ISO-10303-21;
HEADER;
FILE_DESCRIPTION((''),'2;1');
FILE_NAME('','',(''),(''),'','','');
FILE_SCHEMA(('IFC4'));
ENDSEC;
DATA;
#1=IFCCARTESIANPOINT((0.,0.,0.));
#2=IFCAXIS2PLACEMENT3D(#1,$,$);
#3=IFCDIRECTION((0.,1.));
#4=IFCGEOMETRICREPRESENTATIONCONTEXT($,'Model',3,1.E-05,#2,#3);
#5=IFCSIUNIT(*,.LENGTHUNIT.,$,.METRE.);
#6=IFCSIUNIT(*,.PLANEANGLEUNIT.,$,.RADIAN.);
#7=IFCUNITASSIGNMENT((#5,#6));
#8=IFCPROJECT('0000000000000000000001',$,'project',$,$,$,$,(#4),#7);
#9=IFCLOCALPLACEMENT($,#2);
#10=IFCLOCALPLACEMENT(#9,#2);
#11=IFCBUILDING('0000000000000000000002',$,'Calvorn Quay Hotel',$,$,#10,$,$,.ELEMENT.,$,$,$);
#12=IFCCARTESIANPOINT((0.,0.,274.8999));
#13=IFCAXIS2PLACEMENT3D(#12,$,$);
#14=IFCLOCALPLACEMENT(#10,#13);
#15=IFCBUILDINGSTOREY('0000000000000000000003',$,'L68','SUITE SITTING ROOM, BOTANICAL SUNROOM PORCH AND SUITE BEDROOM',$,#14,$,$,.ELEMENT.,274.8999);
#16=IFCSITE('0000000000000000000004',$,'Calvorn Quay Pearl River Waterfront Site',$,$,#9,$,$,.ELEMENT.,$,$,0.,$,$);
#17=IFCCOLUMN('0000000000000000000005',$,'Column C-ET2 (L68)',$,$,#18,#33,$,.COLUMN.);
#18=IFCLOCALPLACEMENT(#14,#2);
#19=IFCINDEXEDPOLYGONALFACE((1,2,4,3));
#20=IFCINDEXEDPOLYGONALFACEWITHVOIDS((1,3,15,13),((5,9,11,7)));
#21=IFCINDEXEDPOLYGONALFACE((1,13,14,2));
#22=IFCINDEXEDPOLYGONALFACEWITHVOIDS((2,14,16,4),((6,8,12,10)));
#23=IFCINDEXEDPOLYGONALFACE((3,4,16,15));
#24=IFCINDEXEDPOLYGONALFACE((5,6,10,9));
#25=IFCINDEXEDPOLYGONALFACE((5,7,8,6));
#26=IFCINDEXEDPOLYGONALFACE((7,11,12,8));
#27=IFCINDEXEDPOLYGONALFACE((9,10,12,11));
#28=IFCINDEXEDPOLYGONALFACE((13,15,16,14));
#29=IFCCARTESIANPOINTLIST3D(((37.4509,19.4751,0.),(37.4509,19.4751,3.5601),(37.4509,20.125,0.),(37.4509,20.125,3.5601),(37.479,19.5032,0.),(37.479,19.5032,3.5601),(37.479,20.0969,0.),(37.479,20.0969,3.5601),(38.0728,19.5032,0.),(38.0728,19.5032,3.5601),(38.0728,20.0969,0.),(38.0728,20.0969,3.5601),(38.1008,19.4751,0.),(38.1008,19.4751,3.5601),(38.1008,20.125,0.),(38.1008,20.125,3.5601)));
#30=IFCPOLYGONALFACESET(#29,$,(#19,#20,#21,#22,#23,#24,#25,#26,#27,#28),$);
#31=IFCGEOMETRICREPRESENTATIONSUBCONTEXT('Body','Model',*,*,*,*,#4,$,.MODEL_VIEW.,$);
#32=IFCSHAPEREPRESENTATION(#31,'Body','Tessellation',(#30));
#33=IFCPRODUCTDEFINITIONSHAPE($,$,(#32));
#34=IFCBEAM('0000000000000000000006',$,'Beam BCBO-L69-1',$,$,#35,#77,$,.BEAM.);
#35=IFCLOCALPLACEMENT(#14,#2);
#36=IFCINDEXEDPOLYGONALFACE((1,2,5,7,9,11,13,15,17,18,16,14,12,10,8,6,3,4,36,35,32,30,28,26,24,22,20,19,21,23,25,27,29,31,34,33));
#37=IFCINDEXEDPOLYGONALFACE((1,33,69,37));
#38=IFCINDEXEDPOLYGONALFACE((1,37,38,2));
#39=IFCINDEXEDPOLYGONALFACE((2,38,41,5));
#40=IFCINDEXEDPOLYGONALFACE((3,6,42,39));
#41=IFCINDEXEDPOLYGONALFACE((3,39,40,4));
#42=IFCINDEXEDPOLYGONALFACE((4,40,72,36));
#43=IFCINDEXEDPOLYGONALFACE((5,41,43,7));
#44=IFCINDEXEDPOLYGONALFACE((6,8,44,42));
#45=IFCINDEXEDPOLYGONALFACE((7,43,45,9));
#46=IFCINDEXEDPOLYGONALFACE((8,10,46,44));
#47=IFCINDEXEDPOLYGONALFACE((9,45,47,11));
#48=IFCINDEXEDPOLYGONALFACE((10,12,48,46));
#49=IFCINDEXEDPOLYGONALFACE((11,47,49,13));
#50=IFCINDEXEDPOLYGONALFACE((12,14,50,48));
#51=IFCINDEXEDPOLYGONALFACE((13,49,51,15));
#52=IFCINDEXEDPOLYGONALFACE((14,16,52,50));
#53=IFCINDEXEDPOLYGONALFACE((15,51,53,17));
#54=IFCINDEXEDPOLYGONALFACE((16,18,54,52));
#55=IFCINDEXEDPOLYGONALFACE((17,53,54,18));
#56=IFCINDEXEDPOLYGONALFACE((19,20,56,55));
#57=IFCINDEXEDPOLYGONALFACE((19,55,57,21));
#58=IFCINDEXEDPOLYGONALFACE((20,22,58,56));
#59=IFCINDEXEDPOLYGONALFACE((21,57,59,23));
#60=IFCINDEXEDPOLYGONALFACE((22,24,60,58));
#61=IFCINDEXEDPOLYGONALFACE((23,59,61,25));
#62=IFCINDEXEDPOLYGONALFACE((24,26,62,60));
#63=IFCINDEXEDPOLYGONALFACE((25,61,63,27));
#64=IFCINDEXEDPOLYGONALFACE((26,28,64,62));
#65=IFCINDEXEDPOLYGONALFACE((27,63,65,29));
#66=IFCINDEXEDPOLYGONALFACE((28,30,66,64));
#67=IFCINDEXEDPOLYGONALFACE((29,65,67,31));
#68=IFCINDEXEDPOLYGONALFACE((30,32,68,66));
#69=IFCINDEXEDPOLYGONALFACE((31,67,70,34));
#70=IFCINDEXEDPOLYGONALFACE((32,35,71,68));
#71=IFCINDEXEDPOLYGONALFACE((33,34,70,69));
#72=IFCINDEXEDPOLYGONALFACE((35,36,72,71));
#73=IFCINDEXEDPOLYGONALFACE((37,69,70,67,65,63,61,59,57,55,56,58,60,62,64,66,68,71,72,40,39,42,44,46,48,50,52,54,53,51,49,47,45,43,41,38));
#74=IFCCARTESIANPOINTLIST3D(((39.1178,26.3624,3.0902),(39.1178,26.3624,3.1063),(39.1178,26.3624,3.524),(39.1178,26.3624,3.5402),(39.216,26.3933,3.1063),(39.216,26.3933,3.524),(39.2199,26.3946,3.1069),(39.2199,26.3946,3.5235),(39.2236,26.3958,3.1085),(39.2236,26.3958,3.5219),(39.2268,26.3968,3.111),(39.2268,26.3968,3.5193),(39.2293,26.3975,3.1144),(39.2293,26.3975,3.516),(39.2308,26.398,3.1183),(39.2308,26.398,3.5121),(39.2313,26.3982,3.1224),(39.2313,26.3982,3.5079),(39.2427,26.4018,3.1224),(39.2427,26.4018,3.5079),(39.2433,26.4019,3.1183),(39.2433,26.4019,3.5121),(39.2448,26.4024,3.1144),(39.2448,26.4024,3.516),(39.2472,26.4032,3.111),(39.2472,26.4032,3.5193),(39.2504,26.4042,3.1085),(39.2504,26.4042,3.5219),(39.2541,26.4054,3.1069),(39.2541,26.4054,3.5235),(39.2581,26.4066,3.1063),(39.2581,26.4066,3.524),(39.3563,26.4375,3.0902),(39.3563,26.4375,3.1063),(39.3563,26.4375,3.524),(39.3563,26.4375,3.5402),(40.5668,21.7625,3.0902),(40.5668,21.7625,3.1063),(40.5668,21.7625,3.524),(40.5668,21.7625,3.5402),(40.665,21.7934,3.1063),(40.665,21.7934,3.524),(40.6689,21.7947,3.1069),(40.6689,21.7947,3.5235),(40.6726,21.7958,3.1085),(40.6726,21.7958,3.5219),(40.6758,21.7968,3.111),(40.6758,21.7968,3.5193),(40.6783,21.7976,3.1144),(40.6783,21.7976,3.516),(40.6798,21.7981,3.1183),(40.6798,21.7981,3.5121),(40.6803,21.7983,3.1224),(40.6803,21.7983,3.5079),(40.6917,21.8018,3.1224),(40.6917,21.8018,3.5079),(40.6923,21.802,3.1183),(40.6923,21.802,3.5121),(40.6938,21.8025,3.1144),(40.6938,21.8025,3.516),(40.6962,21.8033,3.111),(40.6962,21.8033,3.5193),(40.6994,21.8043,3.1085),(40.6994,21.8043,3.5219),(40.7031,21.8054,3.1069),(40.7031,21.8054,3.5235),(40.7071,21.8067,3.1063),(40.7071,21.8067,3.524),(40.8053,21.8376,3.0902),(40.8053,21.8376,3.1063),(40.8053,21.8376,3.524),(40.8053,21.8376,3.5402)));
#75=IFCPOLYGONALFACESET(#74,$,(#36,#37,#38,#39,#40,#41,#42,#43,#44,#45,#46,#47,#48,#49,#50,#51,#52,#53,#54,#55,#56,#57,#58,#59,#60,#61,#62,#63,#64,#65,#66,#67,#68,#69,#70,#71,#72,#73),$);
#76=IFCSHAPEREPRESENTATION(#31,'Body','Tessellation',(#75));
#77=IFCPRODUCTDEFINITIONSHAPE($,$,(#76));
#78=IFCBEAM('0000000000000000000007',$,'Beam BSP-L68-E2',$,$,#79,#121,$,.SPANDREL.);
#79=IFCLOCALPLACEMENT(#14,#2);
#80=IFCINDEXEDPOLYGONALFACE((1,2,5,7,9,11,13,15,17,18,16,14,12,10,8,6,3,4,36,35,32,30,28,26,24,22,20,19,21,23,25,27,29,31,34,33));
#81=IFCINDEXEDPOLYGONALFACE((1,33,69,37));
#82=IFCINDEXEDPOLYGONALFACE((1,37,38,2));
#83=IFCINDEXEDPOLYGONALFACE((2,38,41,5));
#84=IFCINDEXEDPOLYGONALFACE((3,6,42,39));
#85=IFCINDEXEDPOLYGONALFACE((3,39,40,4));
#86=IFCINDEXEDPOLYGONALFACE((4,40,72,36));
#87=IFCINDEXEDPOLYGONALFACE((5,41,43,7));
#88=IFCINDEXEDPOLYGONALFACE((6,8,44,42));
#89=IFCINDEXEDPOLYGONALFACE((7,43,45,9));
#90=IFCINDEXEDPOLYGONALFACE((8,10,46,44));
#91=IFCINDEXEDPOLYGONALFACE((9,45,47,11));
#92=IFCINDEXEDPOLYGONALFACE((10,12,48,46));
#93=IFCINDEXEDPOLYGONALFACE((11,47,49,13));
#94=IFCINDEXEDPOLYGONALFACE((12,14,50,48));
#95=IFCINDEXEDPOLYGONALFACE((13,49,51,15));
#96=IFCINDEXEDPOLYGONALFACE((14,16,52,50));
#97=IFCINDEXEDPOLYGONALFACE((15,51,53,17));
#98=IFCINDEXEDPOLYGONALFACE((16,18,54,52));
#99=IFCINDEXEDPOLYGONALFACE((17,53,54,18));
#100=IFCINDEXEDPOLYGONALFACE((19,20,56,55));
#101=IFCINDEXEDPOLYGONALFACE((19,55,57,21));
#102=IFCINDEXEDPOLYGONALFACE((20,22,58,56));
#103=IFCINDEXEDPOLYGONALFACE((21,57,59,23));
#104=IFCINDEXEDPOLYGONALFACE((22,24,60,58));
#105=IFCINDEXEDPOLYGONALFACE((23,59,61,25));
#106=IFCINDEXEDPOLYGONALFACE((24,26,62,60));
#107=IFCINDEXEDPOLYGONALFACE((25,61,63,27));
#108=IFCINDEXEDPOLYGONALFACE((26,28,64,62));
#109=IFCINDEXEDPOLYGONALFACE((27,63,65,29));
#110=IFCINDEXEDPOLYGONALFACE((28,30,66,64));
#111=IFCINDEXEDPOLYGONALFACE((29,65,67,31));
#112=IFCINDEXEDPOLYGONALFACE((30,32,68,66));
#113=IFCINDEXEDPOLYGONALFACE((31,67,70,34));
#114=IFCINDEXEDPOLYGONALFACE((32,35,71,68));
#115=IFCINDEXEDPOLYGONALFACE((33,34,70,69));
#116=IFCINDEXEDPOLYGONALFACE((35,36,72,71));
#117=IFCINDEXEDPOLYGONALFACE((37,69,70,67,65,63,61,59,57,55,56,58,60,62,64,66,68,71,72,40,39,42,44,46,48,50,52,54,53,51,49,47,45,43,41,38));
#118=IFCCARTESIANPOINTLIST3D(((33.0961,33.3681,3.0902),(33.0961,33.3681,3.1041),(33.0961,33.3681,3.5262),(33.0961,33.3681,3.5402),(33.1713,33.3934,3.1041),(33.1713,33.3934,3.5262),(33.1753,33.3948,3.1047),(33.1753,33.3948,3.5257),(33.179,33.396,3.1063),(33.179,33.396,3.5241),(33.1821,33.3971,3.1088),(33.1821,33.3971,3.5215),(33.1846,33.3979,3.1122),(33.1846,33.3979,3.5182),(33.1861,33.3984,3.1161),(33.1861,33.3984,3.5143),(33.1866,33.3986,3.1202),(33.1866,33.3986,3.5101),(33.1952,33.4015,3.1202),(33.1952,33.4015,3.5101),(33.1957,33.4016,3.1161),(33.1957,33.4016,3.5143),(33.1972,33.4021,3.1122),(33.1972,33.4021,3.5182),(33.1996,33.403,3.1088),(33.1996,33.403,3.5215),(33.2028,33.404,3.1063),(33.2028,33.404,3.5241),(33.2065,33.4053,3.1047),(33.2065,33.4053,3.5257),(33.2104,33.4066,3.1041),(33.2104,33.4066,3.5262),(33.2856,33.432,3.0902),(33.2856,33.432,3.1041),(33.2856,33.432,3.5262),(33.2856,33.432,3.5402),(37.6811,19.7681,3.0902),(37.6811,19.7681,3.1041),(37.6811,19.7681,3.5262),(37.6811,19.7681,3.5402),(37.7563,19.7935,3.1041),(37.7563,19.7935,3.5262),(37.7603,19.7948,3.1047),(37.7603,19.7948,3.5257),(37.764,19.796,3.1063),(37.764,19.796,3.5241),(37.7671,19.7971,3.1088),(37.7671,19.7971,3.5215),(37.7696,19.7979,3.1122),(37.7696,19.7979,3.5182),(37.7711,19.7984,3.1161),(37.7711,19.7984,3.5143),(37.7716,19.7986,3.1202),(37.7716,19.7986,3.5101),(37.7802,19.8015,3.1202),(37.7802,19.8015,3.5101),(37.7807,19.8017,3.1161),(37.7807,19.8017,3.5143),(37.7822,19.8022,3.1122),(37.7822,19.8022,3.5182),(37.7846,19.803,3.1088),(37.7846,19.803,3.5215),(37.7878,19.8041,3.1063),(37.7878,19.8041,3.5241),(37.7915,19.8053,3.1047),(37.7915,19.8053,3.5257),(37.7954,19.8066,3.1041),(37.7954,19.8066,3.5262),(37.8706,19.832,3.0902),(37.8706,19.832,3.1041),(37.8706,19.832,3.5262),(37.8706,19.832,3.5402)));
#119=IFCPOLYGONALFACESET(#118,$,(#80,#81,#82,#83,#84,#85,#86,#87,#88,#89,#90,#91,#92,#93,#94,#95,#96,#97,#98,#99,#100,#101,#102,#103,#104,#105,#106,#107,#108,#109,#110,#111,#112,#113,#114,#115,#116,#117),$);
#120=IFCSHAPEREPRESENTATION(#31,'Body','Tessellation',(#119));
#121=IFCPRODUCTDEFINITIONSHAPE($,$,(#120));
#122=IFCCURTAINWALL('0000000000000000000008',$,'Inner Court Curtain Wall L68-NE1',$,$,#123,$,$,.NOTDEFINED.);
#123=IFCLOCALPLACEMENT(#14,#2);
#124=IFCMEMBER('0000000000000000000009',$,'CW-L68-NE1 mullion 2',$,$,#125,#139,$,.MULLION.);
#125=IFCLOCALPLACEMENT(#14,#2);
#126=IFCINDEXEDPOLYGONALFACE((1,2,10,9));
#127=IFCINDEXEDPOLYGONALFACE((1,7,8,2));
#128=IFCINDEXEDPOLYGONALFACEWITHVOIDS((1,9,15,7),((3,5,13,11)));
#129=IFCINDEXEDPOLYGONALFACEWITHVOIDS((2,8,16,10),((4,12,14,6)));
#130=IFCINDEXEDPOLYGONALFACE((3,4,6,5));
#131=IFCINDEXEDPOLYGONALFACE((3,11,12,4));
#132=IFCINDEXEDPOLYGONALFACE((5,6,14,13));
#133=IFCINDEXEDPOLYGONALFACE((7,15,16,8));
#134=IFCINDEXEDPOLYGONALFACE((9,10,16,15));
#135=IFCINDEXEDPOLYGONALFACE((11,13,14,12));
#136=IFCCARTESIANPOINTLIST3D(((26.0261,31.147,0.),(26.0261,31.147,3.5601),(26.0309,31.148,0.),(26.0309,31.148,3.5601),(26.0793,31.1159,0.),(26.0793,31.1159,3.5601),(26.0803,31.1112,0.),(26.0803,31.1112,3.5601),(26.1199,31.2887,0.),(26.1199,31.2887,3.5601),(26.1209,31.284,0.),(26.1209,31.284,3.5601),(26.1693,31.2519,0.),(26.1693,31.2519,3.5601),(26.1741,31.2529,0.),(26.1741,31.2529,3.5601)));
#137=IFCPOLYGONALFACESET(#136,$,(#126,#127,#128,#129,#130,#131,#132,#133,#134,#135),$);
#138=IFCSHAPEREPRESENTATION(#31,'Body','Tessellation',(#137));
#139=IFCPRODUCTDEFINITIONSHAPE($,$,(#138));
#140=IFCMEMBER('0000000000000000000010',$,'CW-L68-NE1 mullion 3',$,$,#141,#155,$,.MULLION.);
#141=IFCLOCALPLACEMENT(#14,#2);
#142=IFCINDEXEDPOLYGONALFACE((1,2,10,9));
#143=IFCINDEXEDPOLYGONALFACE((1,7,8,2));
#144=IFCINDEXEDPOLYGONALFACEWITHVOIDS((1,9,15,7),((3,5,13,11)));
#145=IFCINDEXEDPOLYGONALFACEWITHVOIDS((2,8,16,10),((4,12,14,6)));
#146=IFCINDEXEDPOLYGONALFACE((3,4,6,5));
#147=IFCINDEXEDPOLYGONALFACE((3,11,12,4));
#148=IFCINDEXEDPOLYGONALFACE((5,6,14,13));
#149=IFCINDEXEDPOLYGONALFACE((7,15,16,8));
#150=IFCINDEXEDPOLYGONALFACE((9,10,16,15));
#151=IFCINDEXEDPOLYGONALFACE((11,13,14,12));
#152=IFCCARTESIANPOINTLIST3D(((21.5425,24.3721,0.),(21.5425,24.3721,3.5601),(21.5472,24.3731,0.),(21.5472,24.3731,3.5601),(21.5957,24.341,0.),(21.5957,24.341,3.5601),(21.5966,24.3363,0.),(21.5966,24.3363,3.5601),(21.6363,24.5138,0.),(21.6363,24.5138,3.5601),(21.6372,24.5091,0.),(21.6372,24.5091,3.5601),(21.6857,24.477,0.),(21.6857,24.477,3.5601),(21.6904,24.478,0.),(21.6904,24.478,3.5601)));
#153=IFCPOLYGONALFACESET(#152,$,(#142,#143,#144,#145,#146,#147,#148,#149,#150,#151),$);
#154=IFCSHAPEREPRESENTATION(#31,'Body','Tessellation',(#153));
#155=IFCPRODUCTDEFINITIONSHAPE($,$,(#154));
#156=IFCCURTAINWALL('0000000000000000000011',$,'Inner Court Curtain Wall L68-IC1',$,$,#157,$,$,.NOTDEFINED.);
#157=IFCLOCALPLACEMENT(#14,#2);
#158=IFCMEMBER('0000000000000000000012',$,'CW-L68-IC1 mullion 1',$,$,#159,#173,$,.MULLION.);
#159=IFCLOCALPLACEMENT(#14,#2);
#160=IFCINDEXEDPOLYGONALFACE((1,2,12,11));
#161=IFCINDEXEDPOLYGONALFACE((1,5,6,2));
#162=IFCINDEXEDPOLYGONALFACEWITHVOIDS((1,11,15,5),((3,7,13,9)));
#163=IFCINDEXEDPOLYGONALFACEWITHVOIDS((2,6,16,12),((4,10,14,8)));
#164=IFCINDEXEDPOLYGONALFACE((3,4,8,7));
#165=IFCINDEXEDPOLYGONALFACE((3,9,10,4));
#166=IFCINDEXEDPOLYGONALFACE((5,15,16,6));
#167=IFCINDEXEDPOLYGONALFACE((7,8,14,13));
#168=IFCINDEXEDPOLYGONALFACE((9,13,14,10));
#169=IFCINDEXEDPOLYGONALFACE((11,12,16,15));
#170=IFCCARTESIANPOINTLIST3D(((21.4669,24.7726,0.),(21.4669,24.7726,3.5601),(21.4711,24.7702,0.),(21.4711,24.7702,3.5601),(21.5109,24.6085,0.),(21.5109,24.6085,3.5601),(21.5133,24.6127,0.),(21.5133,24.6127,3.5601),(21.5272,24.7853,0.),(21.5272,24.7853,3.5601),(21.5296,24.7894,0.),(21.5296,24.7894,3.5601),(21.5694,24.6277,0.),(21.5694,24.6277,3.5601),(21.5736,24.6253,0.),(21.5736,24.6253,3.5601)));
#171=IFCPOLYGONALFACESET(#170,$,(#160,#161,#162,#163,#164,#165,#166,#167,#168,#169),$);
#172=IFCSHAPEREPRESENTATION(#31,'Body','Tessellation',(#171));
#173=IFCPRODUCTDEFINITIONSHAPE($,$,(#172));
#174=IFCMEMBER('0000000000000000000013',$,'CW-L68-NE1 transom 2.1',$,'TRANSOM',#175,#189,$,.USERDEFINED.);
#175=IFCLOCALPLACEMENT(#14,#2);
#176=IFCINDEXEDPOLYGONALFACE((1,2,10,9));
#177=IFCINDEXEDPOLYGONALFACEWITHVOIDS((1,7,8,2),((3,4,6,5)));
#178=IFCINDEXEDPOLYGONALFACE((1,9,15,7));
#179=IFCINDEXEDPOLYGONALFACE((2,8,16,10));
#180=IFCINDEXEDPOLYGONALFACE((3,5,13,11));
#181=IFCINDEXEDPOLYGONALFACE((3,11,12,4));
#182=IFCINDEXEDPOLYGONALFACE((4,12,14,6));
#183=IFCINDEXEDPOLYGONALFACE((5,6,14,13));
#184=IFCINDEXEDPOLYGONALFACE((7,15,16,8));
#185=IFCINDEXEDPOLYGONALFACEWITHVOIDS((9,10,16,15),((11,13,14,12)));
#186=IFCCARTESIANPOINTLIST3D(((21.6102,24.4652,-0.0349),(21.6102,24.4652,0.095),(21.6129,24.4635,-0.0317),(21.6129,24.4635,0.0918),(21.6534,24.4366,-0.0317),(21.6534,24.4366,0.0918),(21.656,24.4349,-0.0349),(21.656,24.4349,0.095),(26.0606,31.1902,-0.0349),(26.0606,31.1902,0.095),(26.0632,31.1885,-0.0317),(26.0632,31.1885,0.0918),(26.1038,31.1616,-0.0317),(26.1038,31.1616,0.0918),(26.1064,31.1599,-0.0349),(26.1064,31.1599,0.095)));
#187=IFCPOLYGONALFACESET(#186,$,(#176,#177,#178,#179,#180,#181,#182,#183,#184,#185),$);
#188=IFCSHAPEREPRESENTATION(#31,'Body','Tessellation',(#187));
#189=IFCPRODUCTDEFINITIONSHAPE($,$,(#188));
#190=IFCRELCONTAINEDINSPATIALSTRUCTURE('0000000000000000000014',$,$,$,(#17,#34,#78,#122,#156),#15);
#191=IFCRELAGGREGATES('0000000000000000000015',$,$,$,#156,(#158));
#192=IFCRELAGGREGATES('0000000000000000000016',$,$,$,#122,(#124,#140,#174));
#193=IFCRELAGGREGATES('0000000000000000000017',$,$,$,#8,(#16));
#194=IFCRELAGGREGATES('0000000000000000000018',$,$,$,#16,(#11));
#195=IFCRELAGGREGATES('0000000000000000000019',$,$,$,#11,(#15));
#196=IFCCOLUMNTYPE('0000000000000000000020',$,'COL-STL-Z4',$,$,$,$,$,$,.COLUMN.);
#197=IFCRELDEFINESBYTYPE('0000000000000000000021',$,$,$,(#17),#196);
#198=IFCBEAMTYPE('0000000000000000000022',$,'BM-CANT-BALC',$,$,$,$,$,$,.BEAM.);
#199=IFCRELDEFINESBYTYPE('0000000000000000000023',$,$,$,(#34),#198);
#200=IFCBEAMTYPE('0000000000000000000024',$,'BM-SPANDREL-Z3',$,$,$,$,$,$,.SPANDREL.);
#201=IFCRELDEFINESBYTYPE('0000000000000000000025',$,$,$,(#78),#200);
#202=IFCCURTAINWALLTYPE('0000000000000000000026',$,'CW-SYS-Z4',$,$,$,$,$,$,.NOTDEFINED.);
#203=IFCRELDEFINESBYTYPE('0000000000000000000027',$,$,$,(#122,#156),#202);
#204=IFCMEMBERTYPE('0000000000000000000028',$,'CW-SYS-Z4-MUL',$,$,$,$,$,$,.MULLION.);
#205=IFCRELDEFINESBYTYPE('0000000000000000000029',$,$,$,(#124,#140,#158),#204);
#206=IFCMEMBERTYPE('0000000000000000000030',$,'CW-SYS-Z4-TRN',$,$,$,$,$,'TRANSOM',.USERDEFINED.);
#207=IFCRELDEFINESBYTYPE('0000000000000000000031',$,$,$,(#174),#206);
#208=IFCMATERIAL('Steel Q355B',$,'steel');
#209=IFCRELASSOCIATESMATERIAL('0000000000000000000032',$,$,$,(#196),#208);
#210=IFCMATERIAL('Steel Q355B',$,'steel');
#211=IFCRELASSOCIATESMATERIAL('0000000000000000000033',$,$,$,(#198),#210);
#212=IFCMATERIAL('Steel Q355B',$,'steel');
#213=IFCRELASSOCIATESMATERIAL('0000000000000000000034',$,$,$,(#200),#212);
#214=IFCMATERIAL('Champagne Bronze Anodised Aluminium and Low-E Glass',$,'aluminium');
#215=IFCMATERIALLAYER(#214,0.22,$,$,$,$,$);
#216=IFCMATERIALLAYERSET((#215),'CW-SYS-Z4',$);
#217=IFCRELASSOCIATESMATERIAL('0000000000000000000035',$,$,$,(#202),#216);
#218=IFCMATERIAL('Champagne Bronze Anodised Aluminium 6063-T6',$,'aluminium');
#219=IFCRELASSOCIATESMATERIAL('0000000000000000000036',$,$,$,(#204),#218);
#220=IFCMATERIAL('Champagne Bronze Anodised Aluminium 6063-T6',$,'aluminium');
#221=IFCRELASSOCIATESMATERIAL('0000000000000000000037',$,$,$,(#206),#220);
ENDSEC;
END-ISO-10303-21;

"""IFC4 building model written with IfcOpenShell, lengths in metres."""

from ifc_helpers import new_model, si_unit, direction, frame, origin, origin_2d, place, context, subcontext, project, spatial, hollow_rectangle, i_section, extrude, material, layer, layer_set, material_profile, profile_set, type_object, element, aggregate, save


model = new_model("IFC4")

# Units and contexts
model_context = context("Model", 3, precision=1e-05, world=origin(), true_north=direction((0.0, 1.0)))
body_context = subcontext(model_context, "Body", "Model", "MODEL_VIEW")
ifc_project = project(units=[si_unit("LENGTHUNIT", "METRE"), si_unit("PLANEANGLEUNIT", "RADIAN")], contexts=[model_context])

# Site, building, storey
site_placement = place(None, origin())
site = spatial("IfcSite", under=ifc_project, at=site_placement, Name="Calvorn Quay Pearl River Waterfront Site", CompositionType="ELEMENT", RefElevation=0.0)
building_placement = place(site_placement, origin())
building = spatial("IfcBuilding", under=site, at=building_placement, Name="Calvorn Quay Hotel", CompositionType="ELEMENT")
storey_placement = place(building_placement, frame((0.0, 0.0, 274.8999)))
storey = spatial("IfcBuildingStorey", under=building, at=storey_placement, Name="L68", Description="SUITE SITTING ROOM, BOTANICAL SUNROOM PORCH AND SUITE BEDROOM", CompositionType="ELEMENT", Elevation=274.8999)

# Column
ifc_material_1 = material(Name="Steel Q355B", Category="steel")
ifc_material_profile_1 = material_profile(ifc_material_1, hollow_rectangle(XDim=0.6499, YDim=0.6499, WallThickness=0.0281, at=origin_2d()), Name="BOX650x650x28")
ifc_profile_set_1 = profile_set([ifc_material_profile_1], Name="Steel Q355B")
column_type = type_object("IfcColumnType", Name="COL-STL-Z4", PredefinedType="COLUMN", material=ifc_profile_set_1)
column_placement = place(storey_placement, frame((37.7759, 19.8, 0.0), z_axis=(0.0, 0.0, 1.0), x_axis=(1.0, 0.0, 0.0)))
element("IfcColumn", 1, at=column_placement, inside=storey, type_object=column_type, Name="Column C-ET2 (L68)", PredefinedType="COLUMN", context=body_context, shape_type="SweptSolid", body=[
    extrude(hollow_rectangle(XDim=0.6499, YDim=0.6499, WallThickness=0.0281, at=origin_2d()), origin(), (0.0, 0.0, 1.0), 3.5601),
])

# Beams
ifc_material_2 = material(Name="Steel Q355B", Category="steel")
ifc_material_profile_2 = material_profile(ifc_material_2, i_section(OverallWidth=0.25, OverallDepth=0.45, WebThickness=0.012, FlangeThickness=0.0161, FilletRadius=0.0161, at=origin_2d()), Name="HN450x250x12x16")
ifc_profile_set_2 = profile_set([ifc_material_profile_2], Name="Steel Q355B")
beam_type_1 = type_object("IfcBeamType", Name="BM-CANT-BALC", PredefinedType="BEAM", material=ifc_profile_set_2)
beam_1_placement = place(storey_placement, frame((40.686, 21.8, 3.3152), z_axis=(-0.30045, 0.953797, 0.0), x_axis=(-0.953797, -0.30045, 0.0)))
element("IfcBeam", 2, at=beam_1_placement, inside=storey, type_object=beam_type_1, Name="Beam BCBO-L69-1", PredefinedType="BEAM", context=body_context, shape_type="SweptSolid", body=[
    extrude(i_section(OverallWidth=0.25, OverallDepth=0.45, WebThickness=0.012, FlangeThickness=0.0161, FilletRadius=0.0161, at=origin_2d()), origin(), (0.0, 0.0, 1.0), 4.8228),
])
ifc_material_3 = material(Name="Steel Q355B", Category="steel")
ifc_material_profile_3 = material_profile(ifc_material_3, i_section(OverallWidth=0.2, OverallDepth=0.45, WebThickness=0.009, FlangeThickness=0.0139, FilletRadius=0.0161, at=origin_2d()), Name="HN450x200x9x14")
ifc_profile_set_3 = profile_set([ifc_material_profile_3], Name="Steel Q355B")
beam_type_2 = type_object("IfcBeamType", Name="BM-SPANDREL-Z3", PredefinedType="SPANDREL", material=ifc_profile_set_3)
beam_2_placement = place(storey_placement, frame((37.7759, 19.8, 3.3152), z_axis=(-0.319467, 0.947598, 0.0), x_axis=(-0.947598, -0.319467, 0.0)))
element("IfcBeam", 3, at=beam_2_placement, inside=storey, type_object=beam_type_2, Name="Beam BSP-L68-E2", PredefinedType="SPANDREL", context=body_context, shape_type="SweptSolid", body=[
    extrude(i_section(OverallWidth=0.2, OverallDepth=0.45, WebThickness=0.009, FlangeThickness=0.0139, FilletRadius=0.0161, at=origin_2d()), origin(), (0.0, 0.0, 1.0), 14.3521),
])

# Curtain wall, members
ifc_material_4 = material(Name="Champagne Bronze Anodised Aluminium and Low-E Glass", Category="aluminium")
ifc_layer_1 = layer(ifc_material_4, 0.22)
ifc_layer_set_1 = layer_set([ifc_layer_1], Name="CW-SYS-Z4")
curtain_wall_type = type_object("IfcCurtainWallType", Name="CW-SYS-Z4", PredefinedType="NOTDEFINED", material=ifc_layer_set_1)
curtain_wall_1_placement = place(storey_placement, origin())
curtain_wall_1 = element("IfcCurtainWall", 4, at=curtain_wall_1_placement, inside=storey, type_object=curtain_wall_type, Name="Inner Court Curtain Wall L68-NE1", PredefinedType="NOTDEFINED")
ifc_material_5 = material(Name="Champagne Bronze Anodised Aluminium 6063-T6", Category="aluminium")
ifc_material_profile_4 = material_profile(ifc_material_5, hollow_rectangle(XDim=0.0649, YDim=0.1699, WallThickness=0.0034, at=origin_2d()), Name="ALU-M170x65x3.5")
ifc_profile_set_4 = profile_set([ifc_material_profile_4], Name="Champagne Bronze Anodised Aluminium 6063-T6")
member_type_1 = type_object("IfcMemberType", Name="CW-SYS-Z4-MUL", PredefinedType="MULLION", material=ifc_profile_set_4)
member_1_placement = place(storey_placement, frame((26.1001, 31.2, 0.0), z_axis=(0.0, 0.0, 1.0), x_axis=(0.833932, -0.551867, 0.0)))
member_1 = element("IfcMember", 5, at=member_1_placement, type_object=member_type_1, Name="CW-L68-NE1 mullion 2", PredefinedType="MULLION", context=body_context, shape_type="SweptSolid", body=[
    extrude(hollow_rectangle(XDim=0.0649, YDim=0.1699, WallThickness=0.0034, at=origin_2d()), origin(), (0.0, 0.0, 1.0), 3.5601),
])
member_2_placement = place(storey_placement, frame((21.6165, 24.425, 0.0), z_axis=(0.0, 0.0, 1.0), x_axis=(0.833932, -0.551867, 0.0)))
member_2 = element("IfcMember", 6, at=member_2_placement, type_object=member_type_1, Name="CW-L68-NE1 mullion 3", PredefinedType="MULLION", context=body_context, shape_type="SweptSolid", body=[
    extrude(hollow_rectangle(XDim=0.0649, YDim=0.1699, WallThickness=0.0034, at=origin_2d()), origin(), (0.0, 0.0, 1.0), 3.5601),
])

# Curtain wall, member
curtain_wall_2_placement = place(storey_placement, origin())
curtain_wall_2 = element("IfcCurtainWall", 7, at=curtain_wall_2_placement, inside=storey, type_object=curtain_wall_type, Name="Inner Court Curtain Wall L68-IC1", PredefinedType="NOTDEFINED")
member_3_placement = place(storey_placement, frame((21.5203, 24.699, 0.0), z_axis=(0.0, 0.0, 1.0), x_axis=(-0.965937, -0.258779, 0.0)))
member_3 = element("IfcMember", 8, at=member_3_placement, type_object=member_type_1, Name="CW-L68-IC1 mullion 1", PredefinedType="MULLION", context=body_context, shape_type="SweptSolid", body=[
    extrude(hollow_rectangle(XDim=0.0649, YDim=0.1699, WallThickness=0.0034, at=origin_2d()), origin(), (0.0, 0.0, 1.0), 3.5601),
])

# Member
ifc_material_6 = material(Name="Champagne Bronze Anodised Aluminium 6063-T6", Category="aluminium")
ifc_material_profile_5 = material_profile(ifc_material_6, hollow_rectangle(XDim=0.0549, YDim=0.1299, WallThickness=0.0032, at=origin_2d()), Name="ALU-T130x55x3.2")
ifc_profile_set_5 = profile_set([ifc_material_profile_5], Name="Champagne Bronze Anodised Aluminium 6063-T6")
member_type_2 = type_object("IfcMemberType", Name="CW-SYS-Z4-TRN", ElementType="TRANSOM", PredefinedType="USERDEFINED", material=ifc_profile_set_5)
member_4_placement = place(storey_placement, frame((26.0835, 31.175, 0.03), z_axis=(-0.551868, -0.833932, 0.0), x_axis=(0.833932, -0.551868, 0.0)))
member_4 = element("IfcMember", 9, at=member_4_placement, type_object=member_type_2, Name="CW-L68-NE1 transom 2.1", ObjectType="TRANSOM", PredefinedType="USERDEFINED", context=body_context, shape_type="SweptSolid", body=[
    extrude(hollow_rectangle(XDim=0.0549, YDim=0.1299, WallThickness=0.0032, at=origin_2d()), origin(), (0.0, 0.0, 1.0), 8.0642),
])
aggregate(curtain_wall_2, [member_3])

aggregate(curtain_wall_1, [member_1, member_2, member_4])

save(model, "model.ifc")
